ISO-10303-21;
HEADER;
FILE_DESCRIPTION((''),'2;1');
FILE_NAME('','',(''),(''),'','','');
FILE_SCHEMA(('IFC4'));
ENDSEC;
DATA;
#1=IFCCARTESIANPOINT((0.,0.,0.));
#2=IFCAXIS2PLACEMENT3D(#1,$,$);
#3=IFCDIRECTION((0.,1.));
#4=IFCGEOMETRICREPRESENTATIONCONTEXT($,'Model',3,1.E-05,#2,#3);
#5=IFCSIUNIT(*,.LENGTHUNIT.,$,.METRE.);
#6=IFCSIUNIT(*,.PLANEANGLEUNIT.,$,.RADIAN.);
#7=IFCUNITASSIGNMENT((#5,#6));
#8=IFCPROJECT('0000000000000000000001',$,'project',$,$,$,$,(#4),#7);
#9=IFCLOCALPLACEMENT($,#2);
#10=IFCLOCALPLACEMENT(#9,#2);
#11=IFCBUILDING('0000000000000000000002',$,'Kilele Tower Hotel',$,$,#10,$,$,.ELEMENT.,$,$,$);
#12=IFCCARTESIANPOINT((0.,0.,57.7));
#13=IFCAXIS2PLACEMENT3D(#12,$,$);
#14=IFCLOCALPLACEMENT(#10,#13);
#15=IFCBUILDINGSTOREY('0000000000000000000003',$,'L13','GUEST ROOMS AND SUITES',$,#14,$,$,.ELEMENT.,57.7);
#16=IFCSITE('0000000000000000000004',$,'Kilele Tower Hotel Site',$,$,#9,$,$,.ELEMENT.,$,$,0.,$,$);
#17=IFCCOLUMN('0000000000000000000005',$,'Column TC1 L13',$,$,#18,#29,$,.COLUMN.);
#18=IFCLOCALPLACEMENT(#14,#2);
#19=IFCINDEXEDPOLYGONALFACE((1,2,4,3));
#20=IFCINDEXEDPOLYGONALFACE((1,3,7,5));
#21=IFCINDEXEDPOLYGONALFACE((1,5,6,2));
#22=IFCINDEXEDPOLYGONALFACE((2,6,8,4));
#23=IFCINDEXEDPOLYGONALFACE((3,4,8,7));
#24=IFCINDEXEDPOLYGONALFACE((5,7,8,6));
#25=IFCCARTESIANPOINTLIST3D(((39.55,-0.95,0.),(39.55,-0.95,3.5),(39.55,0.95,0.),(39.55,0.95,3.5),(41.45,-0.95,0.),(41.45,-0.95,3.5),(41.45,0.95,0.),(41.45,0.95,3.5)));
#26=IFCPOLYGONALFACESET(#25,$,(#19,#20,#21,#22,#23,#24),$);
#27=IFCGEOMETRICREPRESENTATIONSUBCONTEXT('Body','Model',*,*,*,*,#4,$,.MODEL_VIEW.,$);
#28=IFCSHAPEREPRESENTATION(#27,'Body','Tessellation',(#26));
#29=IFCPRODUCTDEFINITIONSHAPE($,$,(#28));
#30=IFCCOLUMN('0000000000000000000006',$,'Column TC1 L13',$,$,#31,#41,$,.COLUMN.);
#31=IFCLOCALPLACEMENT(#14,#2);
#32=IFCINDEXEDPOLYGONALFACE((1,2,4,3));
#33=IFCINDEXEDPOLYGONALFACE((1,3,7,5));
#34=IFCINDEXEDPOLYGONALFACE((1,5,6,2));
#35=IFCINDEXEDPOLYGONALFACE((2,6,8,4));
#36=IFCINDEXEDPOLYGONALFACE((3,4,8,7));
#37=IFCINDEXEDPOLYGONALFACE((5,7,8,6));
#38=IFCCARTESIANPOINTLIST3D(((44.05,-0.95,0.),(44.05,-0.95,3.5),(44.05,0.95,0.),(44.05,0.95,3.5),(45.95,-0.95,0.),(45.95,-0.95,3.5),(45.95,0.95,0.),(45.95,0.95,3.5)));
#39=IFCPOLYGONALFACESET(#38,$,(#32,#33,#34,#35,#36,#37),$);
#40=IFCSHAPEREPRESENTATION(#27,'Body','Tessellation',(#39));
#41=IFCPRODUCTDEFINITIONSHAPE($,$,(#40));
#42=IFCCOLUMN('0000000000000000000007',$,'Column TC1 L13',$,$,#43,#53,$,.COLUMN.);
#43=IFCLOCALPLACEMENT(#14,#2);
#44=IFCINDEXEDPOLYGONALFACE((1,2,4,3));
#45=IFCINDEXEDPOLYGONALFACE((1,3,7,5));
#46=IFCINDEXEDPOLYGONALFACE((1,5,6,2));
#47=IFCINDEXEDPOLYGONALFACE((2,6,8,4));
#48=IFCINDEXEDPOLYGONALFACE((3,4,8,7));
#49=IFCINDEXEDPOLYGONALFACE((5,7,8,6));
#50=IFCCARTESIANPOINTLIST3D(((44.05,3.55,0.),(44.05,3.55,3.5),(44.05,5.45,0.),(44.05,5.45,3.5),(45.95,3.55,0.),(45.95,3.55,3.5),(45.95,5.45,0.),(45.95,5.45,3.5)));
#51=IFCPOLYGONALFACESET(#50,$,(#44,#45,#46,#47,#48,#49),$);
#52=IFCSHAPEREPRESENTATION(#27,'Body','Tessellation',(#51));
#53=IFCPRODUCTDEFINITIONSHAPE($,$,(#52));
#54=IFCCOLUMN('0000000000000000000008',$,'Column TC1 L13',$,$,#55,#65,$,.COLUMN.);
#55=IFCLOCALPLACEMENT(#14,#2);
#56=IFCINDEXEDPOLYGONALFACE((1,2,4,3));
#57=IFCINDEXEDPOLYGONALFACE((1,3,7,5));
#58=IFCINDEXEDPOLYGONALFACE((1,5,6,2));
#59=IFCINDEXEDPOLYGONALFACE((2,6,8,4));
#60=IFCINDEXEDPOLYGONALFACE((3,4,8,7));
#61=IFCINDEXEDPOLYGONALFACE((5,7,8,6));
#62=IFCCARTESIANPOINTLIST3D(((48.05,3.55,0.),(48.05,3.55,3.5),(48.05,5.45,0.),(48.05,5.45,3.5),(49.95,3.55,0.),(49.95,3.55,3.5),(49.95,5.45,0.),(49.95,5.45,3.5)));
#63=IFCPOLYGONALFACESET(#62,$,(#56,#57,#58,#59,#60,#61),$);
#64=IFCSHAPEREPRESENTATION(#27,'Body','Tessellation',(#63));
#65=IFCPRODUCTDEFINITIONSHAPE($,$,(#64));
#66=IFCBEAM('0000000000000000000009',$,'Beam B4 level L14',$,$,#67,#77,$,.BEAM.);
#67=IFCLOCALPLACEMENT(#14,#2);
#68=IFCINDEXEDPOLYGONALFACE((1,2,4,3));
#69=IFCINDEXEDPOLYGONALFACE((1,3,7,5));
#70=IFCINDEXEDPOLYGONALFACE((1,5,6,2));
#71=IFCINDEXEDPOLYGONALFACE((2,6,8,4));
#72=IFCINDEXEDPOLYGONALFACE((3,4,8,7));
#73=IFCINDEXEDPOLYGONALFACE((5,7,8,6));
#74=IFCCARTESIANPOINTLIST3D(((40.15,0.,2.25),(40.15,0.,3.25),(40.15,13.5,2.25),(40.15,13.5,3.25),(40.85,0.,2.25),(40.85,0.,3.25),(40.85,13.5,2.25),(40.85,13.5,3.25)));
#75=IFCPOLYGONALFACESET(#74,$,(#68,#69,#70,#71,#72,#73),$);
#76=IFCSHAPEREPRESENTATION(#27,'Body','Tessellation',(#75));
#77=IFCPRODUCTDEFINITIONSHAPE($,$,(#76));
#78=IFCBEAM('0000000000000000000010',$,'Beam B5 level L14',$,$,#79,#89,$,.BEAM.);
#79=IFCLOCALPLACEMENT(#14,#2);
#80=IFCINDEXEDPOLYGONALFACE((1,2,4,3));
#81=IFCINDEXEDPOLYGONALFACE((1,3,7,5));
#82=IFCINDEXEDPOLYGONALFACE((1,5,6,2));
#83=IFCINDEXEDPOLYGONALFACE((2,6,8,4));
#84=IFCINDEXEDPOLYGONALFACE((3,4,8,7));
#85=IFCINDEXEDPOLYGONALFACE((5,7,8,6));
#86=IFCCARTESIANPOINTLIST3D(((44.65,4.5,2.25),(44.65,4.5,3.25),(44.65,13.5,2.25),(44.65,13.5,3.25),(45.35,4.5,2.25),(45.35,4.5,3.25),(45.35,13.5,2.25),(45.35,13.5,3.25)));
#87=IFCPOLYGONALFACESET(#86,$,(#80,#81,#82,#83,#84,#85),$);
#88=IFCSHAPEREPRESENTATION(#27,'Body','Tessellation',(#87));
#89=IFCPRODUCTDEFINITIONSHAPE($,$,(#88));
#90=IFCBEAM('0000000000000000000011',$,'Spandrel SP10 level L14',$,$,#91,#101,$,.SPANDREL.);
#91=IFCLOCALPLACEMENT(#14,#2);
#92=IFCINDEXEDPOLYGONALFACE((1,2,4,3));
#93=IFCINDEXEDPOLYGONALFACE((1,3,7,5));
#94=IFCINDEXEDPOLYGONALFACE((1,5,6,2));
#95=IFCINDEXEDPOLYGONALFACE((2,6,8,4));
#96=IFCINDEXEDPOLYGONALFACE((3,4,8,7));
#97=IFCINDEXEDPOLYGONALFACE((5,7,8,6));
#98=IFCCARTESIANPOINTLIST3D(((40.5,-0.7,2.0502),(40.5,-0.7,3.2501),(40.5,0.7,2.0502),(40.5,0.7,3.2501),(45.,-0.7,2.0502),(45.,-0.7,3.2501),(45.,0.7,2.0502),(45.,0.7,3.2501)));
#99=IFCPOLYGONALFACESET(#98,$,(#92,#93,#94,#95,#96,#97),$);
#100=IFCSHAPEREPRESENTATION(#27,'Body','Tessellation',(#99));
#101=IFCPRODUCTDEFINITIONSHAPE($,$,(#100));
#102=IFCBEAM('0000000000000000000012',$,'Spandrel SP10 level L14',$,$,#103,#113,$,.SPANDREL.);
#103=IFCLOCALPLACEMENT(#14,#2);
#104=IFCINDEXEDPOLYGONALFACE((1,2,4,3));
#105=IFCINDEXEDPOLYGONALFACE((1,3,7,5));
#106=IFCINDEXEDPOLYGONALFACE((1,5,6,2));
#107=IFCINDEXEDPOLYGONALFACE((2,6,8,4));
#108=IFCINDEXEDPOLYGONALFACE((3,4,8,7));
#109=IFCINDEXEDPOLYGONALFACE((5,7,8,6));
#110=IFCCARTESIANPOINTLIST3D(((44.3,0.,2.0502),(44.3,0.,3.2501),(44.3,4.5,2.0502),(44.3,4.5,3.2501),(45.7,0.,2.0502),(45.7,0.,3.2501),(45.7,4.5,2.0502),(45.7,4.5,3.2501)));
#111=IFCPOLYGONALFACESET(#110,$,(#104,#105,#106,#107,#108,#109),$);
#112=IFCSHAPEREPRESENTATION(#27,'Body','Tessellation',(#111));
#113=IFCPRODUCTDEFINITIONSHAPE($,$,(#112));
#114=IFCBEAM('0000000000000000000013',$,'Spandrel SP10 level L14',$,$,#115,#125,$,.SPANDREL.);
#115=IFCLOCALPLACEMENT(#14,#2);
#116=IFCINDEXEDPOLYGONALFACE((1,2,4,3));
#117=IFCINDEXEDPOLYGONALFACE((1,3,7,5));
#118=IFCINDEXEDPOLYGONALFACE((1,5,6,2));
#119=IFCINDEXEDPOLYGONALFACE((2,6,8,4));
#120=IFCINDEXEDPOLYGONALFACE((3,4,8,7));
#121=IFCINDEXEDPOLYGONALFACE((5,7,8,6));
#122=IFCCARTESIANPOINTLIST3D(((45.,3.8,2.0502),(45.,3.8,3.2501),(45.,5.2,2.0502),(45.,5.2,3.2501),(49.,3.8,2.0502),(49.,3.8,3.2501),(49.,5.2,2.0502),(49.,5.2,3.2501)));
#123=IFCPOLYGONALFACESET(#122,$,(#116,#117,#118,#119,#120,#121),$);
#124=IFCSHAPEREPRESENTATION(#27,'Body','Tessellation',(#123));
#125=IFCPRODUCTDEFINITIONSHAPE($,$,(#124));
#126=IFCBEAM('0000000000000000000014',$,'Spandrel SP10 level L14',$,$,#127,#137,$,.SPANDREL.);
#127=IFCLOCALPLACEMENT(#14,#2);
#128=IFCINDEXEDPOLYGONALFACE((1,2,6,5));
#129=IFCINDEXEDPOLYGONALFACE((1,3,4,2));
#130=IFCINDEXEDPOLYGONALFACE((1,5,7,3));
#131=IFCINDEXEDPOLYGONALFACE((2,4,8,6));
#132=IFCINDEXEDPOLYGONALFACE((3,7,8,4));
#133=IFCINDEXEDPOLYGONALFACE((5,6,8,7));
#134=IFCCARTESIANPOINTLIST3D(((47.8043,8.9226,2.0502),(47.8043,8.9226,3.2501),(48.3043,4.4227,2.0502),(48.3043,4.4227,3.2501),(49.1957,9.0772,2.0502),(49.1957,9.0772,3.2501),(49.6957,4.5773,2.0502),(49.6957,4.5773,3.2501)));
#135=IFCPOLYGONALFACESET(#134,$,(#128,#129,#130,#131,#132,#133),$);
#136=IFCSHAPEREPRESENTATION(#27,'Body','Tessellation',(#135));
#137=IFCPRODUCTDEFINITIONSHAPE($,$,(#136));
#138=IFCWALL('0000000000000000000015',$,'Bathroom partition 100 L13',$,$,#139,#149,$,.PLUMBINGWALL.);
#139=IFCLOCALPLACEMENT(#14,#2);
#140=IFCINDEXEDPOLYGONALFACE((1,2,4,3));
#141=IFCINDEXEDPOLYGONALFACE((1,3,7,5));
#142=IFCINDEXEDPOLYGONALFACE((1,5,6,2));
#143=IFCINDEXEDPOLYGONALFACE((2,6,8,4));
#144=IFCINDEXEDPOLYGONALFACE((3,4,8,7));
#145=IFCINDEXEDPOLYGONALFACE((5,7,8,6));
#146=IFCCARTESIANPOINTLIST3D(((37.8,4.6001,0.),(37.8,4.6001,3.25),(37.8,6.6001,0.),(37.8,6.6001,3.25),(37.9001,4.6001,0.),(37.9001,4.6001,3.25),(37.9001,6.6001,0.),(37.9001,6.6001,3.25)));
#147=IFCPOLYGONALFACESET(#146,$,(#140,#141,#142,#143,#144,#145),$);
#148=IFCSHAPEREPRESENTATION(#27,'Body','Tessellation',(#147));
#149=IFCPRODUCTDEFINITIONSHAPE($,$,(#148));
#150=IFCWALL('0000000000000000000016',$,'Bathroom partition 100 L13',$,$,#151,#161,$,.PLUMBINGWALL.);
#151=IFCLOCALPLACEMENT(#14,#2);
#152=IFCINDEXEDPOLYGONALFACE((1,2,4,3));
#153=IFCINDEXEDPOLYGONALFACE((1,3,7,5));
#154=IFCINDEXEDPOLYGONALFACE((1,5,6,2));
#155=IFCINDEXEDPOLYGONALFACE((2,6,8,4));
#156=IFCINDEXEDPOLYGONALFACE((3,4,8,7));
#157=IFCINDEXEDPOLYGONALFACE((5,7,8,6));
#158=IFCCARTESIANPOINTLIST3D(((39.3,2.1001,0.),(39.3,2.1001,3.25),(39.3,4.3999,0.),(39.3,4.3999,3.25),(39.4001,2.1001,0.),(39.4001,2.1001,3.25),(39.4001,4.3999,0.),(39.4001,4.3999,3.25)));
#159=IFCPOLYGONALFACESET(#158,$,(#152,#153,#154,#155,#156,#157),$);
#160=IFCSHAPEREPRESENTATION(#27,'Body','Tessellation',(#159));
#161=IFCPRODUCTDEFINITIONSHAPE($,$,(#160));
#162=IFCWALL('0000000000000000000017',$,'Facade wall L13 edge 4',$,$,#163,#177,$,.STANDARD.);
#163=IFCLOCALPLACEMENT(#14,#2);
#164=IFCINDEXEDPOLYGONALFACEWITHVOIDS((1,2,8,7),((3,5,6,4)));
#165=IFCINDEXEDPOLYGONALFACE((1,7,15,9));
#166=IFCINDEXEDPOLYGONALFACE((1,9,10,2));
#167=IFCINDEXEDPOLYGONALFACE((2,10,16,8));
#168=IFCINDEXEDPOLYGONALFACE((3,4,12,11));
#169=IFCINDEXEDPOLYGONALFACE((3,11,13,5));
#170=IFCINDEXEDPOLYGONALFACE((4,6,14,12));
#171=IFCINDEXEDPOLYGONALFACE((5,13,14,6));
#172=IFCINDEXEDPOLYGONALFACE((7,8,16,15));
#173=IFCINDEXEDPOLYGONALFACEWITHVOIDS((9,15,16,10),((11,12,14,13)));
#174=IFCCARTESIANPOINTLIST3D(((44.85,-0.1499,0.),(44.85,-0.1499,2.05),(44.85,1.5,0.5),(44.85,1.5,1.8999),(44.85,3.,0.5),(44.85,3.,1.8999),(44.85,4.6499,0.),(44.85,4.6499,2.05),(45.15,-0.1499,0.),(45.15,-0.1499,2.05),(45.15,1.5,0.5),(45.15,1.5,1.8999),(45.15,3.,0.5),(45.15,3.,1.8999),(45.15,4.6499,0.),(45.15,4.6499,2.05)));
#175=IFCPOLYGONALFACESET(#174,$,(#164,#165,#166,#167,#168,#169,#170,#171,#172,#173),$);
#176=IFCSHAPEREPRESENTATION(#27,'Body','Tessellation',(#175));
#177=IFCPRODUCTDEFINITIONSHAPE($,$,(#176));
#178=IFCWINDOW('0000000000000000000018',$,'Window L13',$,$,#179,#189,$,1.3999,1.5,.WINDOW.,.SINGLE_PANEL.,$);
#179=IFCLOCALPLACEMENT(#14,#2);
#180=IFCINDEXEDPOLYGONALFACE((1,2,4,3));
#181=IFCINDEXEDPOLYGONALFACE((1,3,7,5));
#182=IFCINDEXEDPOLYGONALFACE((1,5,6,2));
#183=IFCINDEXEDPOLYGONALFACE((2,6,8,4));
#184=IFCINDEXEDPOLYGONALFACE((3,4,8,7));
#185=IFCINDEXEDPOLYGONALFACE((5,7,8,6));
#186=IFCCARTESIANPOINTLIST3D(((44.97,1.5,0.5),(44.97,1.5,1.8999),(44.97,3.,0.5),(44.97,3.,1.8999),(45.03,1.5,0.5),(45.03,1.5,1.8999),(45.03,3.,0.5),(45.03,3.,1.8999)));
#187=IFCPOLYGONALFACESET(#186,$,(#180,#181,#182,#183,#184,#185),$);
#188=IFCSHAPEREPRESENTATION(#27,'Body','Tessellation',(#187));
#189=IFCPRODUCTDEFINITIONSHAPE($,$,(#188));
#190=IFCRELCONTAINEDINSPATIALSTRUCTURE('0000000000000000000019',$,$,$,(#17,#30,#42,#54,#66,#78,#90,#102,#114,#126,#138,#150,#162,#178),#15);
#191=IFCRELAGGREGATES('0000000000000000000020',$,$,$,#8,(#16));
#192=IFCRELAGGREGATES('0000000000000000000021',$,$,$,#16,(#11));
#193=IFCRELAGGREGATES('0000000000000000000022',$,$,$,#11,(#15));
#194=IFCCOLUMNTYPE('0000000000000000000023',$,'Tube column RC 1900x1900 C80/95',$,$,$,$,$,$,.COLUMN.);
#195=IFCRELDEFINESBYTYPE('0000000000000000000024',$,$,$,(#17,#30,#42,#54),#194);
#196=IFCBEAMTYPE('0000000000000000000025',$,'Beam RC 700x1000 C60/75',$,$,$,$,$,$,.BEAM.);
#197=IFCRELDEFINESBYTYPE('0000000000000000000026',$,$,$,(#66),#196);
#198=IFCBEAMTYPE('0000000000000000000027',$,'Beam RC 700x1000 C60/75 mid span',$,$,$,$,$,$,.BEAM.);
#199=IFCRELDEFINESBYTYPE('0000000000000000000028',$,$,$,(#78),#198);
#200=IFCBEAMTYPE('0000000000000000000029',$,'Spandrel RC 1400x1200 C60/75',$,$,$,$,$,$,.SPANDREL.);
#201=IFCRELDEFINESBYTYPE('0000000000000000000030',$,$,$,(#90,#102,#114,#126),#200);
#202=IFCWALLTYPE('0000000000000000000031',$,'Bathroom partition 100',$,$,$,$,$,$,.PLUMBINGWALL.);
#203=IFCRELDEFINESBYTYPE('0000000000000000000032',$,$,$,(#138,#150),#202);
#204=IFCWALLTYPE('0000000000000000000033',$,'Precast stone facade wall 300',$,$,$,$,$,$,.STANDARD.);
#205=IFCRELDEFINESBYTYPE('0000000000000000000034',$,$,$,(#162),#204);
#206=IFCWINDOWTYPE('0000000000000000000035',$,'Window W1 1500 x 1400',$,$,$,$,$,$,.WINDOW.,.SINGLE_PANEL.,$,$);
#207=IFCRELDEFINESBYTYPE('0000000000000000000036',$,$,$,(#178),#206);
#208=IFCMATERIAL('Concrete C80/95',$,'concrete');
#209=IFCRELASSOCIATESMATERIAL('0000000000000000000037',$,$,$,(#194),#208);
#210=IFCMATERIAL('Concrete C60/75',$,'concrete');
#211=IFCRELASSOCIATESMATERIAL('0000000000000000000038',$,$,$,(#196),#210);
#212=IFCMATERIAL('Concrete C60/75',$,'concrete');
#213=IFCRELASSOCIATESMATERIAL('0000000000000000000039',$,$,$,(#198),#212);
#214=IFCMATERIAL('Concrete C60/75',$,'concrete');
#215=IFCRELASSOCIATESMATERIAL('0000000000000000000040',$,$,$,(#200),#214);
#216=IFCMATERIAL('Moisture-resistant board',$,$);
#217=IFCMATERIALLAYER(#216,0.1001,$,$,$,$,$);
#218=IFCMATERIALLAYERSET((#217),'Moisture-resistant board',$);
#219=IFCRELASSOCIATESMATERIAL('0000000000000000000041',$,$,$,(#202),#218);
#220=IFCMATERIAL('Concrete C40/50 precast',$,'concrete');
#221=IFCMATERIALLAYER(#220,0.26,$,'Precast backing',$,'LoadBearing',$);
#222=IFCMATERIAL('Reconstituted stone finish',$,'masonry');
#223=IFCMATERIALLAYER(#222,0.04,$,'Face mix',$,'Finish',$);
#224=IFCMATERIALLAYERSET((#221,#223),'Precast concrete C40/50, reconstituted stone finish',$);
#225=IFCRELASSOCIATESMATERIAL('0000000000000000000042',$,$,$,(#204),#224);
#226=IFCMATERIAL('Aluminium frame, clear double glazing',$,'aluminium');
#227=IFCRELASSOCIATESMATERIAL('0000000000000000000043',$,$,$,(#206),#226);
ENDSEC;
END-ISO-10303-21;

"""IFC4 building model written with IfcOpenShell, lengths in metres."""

from ifc_helpers import new_model, si_unit, direction, frame, frame_2d, origin, origin_2d, place, context, subcontext, project, spatial, rectangle, extrude, material, layer, layer_set, material_profile, profile_set, type_object, element, fill, save


model = new_model("IFC4")

# Units and contexts
model_context = context("Model", 3, precision=1e-05, world=origin(), true_north=direction((0.0, 1.0)))
body_context = subcontext(model_context, "Body", "Model", "MODEL_VIEW")
ifc_project = project(units=[si_unit("LENGTHUNIT", "METRE"), si_unit("PLANEANGLEUNIT", "RADIAN")], contexts=[model_context])

# Site, building, storey
site_placement = place(None, origin())
site = spatial("IfcSite", under=ifc_project, at=site_placement, Name="Kilele Tower Hotel Site", CompositionType="ELEMENT", RefElevation=0.0)
building_placement = place(site_placement, origin())
building = spatial("IfcBuilding", under=site, at=building_placement, Name="Kilele Tower Hotel", CompositionType="ELEMENT")
storey_placement = place(building_placement, frame((0.0, 0.0, 57.7)))
storey = spatial("IfcBuildingStorey", under=building, at=storey_placement, Name="L13", Description="GUEST ROOMS AND SUITES", CompositionType="ELEMENT", Elevation=57.7)

# Columns
ifc_material_1 = material(Name="Concrete C80/95", Category="concrete")
ifc_material_profile_1 = material_profile(ifc_material_1, rectangle(XDim=1.8999, YDim=1.8999, at=origin_2d()))
ifc_profile_set_1 = profile_set([ifc_material_profile_1], Name="Concrete C80/95")
column_type = type_object("IfcColumnType", Name="Tube column RC 1900x1900 C80/95", PredefinedType="COLUMN", material=ifc_profile_set_1)
for number, where, z_axis, x_axis, name in (
    (1, (40.5, 0.0, 0.0), (0.0, 0.0, 1.0), (1.0, 0.0, 0.0), "Column TC1 L13"),
    (2, (45.0, 0.0, 0.0), (0.0, 0.0, 1.0), (1.0, 0.0, 0.0), "Column TC1 L13"),
    (3, (45.0, 4.5, 0.0), (0.0, 0.0, 1.0), (1.0, 0.0, 0.0), "Column TC1 L13"),
    (4, (49.0, 4.5, 0.0), (0.0, 0.0, 1.0), (1.0, 0.0, 0.0), "Column TC1 L13"),
):
    element("IfcColumn", number, at=place(storey_placement, frame(where, z_axis=z_axis, x_axis=x_axis)), inside=storey, type_object=column_type, Name=name, PredefinedType="COLUMN", context=body_context, shape_type="SweptSolid", body=[
        extrude(rectangle(XDim=1.8999, YDim=1.8999, at=origin_2d()), origin(), (0.0, 0.0, 1.0), 3.5),
    ])

# Beams
ifc_material_2 = material(Name="Concrete C60/75", Category="concrete")
ifc_material_profile_2 = material_profile(ifc_material_2, rectangle(XDim=0.7, YDim=1.0, at=origin_2d()))
ifc_profile_set_2 = profile_set([ifc_material_profile_2], Name="Concrete C60/75")
beam_type_1 = type_object("IfcBeamType", Name="Beam RC 700x1000 C60/75", PredefinedType="BEAM", material=ifc_profile_set_2)
beam_1_placement = place(storey_placement, frame((40.5, 0.0, 2.75), z_axis=(0.0, 1.0, 0.0), x_axis=(-1.0, 0.0, 0.0)))
element("IfcBeam", 5, at=beam_1_placement, inside=storey, type_object=beam_type_1, Name="Beam B4 level L14", PredefinedType="BEAM", context=body_context, shape_type="SweptSolid", body=[
    extrude(rectangle(XDim=0.7, YDim=1.0, at=origin_2d()), origin(), (0.0, 0.0, 1.0), 13.5),
])
ifc_material_3 = material(Name="Concrete C60/75", Category="concrete")
ifc_material_profile_3 = material_profile(ifc_material_3, rectangle(XDim=0.7, YDim=1.0, at=origin_2d()))
ifc_profile_set_3 = profile_set([ifc_material_profile_3], Name="Concrete C60/75")
beam_type_2 = type_object("IfcBeamType", Name="Beam RC 700x1000 C60/75 mid span", PredefinedType="BEAM", material=ifc_profile_set_3)
beam_2_placement = place(storey_placement, frame((45.0, 4.5, 2.75), z_axis=(0.0, 1.0, 0.0), x_axis=(-1.0, 0.0, 0.0)))
element("IfcBeam", 6, at=beam_2_placement, inside=storey, type_object=beam_type_2, Name="Beam B5 level L14", PredefinedType="BEAM", context=body_context, shape_type="SweptSolid", body=[
    extrude(rectangle(XDim=0.7, YDim=1.0, at=origin_2d()), origin(), (0.0, 0.0, 1.0), 9.0),
])
ifc_material_4 = material(Name="Concrete C60/75", Category="concrete")
ifc_material_profile_4 = material_profile(ifc_material_4, rectangle(XDim=1.3999, YDim=1.2, at=origin_2d()))
ifc_profile_set_4 = profile_set([ifc_material_profile_4], Name="Concrete C60/75")
beam_type_3 = type_object("IfcBeamType", Name="Spandrel RC 1400x1200 C60/75", PredefinedType="SPANDREL", material=ifc_profile_set_4)
for number, where, z_axis, x_axis, name in (
    (7, (40.5, 0.0, 2.6501), (1.0, 0.0, 0.0), (0.0, 1.0, 0.0), "Spandrel SP10 level L14"),
    (8, (45.0, 0.0, 2.6501), (0.0, 1.0, 0.0), (-1.0, 0.0, 0.0), "Spandrel SP10 level L14"),
):
    element("IfcBeam", number, at=place(storey_placement, frame(where, z_axis=z_axis, x_axis=x_axis)), inside=storey, type_object=beam_type_3, Name=name, PredefinedType="SPANDREL", context=body_context, shape_type="SweptSolid", body=[
        extrude(rectangle(XDim=1.3999, YDim=1.2, at=origin_2d()), origin(), (0.0, 0.0, 1.0), 4.5),
    ])
beam_3_placement = place(storey_placement, frame((45.0, 4.5, 2.6501), z_axis=(1.0, 0.0, 0.0), x_axis=(0.0, 1.0, 0.0)))
element("IfcBeam", 9, at=beam_3_placement, inside=storey, type_object=beam_type_3, Name="Spandrel SP10 level L14", PredefinedType="SPANDREL", context=body_context, shape_type="SweptSolid", body=[
    extrude(rectangle(XDim=1.3999, YDim=1.2, at=origin_2d()), origin(), (0.0, 0.0, 1.0), 4.0),
])
beam_4_placement = place(storey_placement, frame((49.0, 4.5, 2.6501), z_axis=(-0.110432, 0.993884, 0.0), x_axis=(-0.993884, -0.110432, 0.0)))
element("IfcBeam", 10, at=beam_4_placement, inside=storey, type_object=beam_type_3, Name="Spandrel SP10 level L14", PredefinedType="SPANDREL", context=body_context, shape_type="SweptSolid", body=[
    extrude(rectangle(XDim=1.3999, YDim=1.2, at=origin_2d()), origin(), (0.0, 0.0, 1.0), 4.5276),
])

# Walls
ifc_material_5 = material(Name="Moisture-resistant board")
ifc_layer_1 = layer(ifc_material_5, 0.1001)
ifc_layer_set_1 = layer_set([ifc_layer_1], Name="Moisture-resistant board")
wall_type_1 = type_object("IfcWallType", Name="Bathroom partition 100", PredefinedType="PLUMBINGWALL", material=ifc_layer_set_1)
wall_1_placement = place(storey_placement, frame((37.8501, 4.6001, 0.0), z_axis=(0.0, 0.0, 1.0), x_axis=(0.0, 1.0, 0.0)))
element("IfcWall", 11, at=wall_1_placement, inside=storey, type_object=wall_type_1, Name="Bathroom partition 100 L13", PredefinedType="PLUMBINGWALL", context=body_context, shape_type="SweptSolid", body=[
    extrude(rectangle(XDim=2.0, YDim=0.1001, at=frame_2d((1.0, 0.0))), origin(), (0.0, 0.0, 1.0), 3.25),
])
wall_2_placement = place(storey_placement, frame((39.3501, 4.3999, 0.0), z_axis=(0.0, 0.0, 1.0), x_axis=(0.0, -1.0, 0.0)))
element("IfcWall", 12, at=wall_2_placement, inside=storey, type_object=wall_type_1, Name="Bathroom partition 100 L13", PredefinedType="PLUMBINGWALL", context=body_context, shape_type="SweptSolid", body=[
    extrude(rectangle(XDim=2.2998, YDim=0.1001, at=frame_2d((1.1499, 0.0))), origin(), (0.0, 0.0, 1.0), 3.25),
])

# Wall, opening, window
ifc_material_6 = material(Name="Concrete C40/50 precast", Category="concrete")
ifc_layer_2 = layer(ifc_material_6, 0.26, Name="Precast backing", Category="LoadBearing")
ifc_material_7 = material(Name="Reconstituted stone finish", Category="masonry")
ifc_layer_3 = layer(ifc_material_7, 0.04, Name="Face mix", Category="Finish")
ifc_layer_set_2 = layer_set([ifc_layer_2, ifc_layer_3], Name="Precast concrete C40/50, reconstituted stone finish")
wall_type_2 = type_object("IfcWallType", Name="Precast stone facade wall 300", PredefinedType="STANDARD", material=ifc_layer_set_2)
wall_3_placement = place(storey_placement, frame((45.0, -0.1499, 0.0), z_axis=(0.0, 0.0, 1.0), x_axis=(0.0, 1.0, 0.0)))
wall_3 = element("IfcWall", 13, at=wall_3_placement, inside=storey, type_object=wall_type_2, Name="Facade wall L13 edge 4", PredefinedType="STANDARD", context=body_context, shape_type="SweptSolid", body=[
    extrude(rectangle(XDim=4.7998, YDim=0.3, at=frame_2d((2.3999, 0.0))), origin(), (0.0, 0.0, 1.0), 2.05),
])
opening_1_placement = place(wall_3_placement, frame((1.6499, 0.0, 0.5)))
opening_1 = element("IfcOpeningElement", 14, at=opening_1_placement, cuts=wall_3, PredefinedType="OPENING", context=body_context, shape_type="SweptSolid", body=[
    extrude(rectangle(XDim=1.5, YDim=1.3999, at=frame_2d((0.75, 0.7))), frame((0.0, 0.1599, 0.0), z_axis=(0.0, -1.0, 0.0), x_axis=(1.0, 0.0, 0.0)), (0.0, 0.0, 1.0), 0.3201),
])
ifc_material_8 = material(Name="Aluminium frame, clear double glazing", Category="aluminium")
window_type = type_object("IfcWindowType", Name="Window W1 1500 x 1400", PartitioningType="SINGLE_PANEL", PredefinedType="WINDOW", material=ifc_material_8)
window_1_placement = place(opening_1_placement, origin())
window_1 = element("IfcWindow", 15, at=window_1_placement, inside=storey, type_object=window_type, Name="Window L13", OverallHeight=1.3999, OverallWidth=1.5, PartitioningType="SINGLE_PANEL", PredefinedType="WINDOW", context=body_context, shape_type="SweptSolid", body=[
    extrude(rectangle(XDim=1.5, YDim=1.3999, at=frame_2d((0.75, 0.7))), frame((0.0, 0.03, 0.0), z_axis=(0.0, -1.0, 0.0), x_axis=(1.0, 0.0, 0.0)), (0.0, 0.0, 1.0), 0.0601),
])
fill(opening_1, window_1)

save(model, "model.ifc")
